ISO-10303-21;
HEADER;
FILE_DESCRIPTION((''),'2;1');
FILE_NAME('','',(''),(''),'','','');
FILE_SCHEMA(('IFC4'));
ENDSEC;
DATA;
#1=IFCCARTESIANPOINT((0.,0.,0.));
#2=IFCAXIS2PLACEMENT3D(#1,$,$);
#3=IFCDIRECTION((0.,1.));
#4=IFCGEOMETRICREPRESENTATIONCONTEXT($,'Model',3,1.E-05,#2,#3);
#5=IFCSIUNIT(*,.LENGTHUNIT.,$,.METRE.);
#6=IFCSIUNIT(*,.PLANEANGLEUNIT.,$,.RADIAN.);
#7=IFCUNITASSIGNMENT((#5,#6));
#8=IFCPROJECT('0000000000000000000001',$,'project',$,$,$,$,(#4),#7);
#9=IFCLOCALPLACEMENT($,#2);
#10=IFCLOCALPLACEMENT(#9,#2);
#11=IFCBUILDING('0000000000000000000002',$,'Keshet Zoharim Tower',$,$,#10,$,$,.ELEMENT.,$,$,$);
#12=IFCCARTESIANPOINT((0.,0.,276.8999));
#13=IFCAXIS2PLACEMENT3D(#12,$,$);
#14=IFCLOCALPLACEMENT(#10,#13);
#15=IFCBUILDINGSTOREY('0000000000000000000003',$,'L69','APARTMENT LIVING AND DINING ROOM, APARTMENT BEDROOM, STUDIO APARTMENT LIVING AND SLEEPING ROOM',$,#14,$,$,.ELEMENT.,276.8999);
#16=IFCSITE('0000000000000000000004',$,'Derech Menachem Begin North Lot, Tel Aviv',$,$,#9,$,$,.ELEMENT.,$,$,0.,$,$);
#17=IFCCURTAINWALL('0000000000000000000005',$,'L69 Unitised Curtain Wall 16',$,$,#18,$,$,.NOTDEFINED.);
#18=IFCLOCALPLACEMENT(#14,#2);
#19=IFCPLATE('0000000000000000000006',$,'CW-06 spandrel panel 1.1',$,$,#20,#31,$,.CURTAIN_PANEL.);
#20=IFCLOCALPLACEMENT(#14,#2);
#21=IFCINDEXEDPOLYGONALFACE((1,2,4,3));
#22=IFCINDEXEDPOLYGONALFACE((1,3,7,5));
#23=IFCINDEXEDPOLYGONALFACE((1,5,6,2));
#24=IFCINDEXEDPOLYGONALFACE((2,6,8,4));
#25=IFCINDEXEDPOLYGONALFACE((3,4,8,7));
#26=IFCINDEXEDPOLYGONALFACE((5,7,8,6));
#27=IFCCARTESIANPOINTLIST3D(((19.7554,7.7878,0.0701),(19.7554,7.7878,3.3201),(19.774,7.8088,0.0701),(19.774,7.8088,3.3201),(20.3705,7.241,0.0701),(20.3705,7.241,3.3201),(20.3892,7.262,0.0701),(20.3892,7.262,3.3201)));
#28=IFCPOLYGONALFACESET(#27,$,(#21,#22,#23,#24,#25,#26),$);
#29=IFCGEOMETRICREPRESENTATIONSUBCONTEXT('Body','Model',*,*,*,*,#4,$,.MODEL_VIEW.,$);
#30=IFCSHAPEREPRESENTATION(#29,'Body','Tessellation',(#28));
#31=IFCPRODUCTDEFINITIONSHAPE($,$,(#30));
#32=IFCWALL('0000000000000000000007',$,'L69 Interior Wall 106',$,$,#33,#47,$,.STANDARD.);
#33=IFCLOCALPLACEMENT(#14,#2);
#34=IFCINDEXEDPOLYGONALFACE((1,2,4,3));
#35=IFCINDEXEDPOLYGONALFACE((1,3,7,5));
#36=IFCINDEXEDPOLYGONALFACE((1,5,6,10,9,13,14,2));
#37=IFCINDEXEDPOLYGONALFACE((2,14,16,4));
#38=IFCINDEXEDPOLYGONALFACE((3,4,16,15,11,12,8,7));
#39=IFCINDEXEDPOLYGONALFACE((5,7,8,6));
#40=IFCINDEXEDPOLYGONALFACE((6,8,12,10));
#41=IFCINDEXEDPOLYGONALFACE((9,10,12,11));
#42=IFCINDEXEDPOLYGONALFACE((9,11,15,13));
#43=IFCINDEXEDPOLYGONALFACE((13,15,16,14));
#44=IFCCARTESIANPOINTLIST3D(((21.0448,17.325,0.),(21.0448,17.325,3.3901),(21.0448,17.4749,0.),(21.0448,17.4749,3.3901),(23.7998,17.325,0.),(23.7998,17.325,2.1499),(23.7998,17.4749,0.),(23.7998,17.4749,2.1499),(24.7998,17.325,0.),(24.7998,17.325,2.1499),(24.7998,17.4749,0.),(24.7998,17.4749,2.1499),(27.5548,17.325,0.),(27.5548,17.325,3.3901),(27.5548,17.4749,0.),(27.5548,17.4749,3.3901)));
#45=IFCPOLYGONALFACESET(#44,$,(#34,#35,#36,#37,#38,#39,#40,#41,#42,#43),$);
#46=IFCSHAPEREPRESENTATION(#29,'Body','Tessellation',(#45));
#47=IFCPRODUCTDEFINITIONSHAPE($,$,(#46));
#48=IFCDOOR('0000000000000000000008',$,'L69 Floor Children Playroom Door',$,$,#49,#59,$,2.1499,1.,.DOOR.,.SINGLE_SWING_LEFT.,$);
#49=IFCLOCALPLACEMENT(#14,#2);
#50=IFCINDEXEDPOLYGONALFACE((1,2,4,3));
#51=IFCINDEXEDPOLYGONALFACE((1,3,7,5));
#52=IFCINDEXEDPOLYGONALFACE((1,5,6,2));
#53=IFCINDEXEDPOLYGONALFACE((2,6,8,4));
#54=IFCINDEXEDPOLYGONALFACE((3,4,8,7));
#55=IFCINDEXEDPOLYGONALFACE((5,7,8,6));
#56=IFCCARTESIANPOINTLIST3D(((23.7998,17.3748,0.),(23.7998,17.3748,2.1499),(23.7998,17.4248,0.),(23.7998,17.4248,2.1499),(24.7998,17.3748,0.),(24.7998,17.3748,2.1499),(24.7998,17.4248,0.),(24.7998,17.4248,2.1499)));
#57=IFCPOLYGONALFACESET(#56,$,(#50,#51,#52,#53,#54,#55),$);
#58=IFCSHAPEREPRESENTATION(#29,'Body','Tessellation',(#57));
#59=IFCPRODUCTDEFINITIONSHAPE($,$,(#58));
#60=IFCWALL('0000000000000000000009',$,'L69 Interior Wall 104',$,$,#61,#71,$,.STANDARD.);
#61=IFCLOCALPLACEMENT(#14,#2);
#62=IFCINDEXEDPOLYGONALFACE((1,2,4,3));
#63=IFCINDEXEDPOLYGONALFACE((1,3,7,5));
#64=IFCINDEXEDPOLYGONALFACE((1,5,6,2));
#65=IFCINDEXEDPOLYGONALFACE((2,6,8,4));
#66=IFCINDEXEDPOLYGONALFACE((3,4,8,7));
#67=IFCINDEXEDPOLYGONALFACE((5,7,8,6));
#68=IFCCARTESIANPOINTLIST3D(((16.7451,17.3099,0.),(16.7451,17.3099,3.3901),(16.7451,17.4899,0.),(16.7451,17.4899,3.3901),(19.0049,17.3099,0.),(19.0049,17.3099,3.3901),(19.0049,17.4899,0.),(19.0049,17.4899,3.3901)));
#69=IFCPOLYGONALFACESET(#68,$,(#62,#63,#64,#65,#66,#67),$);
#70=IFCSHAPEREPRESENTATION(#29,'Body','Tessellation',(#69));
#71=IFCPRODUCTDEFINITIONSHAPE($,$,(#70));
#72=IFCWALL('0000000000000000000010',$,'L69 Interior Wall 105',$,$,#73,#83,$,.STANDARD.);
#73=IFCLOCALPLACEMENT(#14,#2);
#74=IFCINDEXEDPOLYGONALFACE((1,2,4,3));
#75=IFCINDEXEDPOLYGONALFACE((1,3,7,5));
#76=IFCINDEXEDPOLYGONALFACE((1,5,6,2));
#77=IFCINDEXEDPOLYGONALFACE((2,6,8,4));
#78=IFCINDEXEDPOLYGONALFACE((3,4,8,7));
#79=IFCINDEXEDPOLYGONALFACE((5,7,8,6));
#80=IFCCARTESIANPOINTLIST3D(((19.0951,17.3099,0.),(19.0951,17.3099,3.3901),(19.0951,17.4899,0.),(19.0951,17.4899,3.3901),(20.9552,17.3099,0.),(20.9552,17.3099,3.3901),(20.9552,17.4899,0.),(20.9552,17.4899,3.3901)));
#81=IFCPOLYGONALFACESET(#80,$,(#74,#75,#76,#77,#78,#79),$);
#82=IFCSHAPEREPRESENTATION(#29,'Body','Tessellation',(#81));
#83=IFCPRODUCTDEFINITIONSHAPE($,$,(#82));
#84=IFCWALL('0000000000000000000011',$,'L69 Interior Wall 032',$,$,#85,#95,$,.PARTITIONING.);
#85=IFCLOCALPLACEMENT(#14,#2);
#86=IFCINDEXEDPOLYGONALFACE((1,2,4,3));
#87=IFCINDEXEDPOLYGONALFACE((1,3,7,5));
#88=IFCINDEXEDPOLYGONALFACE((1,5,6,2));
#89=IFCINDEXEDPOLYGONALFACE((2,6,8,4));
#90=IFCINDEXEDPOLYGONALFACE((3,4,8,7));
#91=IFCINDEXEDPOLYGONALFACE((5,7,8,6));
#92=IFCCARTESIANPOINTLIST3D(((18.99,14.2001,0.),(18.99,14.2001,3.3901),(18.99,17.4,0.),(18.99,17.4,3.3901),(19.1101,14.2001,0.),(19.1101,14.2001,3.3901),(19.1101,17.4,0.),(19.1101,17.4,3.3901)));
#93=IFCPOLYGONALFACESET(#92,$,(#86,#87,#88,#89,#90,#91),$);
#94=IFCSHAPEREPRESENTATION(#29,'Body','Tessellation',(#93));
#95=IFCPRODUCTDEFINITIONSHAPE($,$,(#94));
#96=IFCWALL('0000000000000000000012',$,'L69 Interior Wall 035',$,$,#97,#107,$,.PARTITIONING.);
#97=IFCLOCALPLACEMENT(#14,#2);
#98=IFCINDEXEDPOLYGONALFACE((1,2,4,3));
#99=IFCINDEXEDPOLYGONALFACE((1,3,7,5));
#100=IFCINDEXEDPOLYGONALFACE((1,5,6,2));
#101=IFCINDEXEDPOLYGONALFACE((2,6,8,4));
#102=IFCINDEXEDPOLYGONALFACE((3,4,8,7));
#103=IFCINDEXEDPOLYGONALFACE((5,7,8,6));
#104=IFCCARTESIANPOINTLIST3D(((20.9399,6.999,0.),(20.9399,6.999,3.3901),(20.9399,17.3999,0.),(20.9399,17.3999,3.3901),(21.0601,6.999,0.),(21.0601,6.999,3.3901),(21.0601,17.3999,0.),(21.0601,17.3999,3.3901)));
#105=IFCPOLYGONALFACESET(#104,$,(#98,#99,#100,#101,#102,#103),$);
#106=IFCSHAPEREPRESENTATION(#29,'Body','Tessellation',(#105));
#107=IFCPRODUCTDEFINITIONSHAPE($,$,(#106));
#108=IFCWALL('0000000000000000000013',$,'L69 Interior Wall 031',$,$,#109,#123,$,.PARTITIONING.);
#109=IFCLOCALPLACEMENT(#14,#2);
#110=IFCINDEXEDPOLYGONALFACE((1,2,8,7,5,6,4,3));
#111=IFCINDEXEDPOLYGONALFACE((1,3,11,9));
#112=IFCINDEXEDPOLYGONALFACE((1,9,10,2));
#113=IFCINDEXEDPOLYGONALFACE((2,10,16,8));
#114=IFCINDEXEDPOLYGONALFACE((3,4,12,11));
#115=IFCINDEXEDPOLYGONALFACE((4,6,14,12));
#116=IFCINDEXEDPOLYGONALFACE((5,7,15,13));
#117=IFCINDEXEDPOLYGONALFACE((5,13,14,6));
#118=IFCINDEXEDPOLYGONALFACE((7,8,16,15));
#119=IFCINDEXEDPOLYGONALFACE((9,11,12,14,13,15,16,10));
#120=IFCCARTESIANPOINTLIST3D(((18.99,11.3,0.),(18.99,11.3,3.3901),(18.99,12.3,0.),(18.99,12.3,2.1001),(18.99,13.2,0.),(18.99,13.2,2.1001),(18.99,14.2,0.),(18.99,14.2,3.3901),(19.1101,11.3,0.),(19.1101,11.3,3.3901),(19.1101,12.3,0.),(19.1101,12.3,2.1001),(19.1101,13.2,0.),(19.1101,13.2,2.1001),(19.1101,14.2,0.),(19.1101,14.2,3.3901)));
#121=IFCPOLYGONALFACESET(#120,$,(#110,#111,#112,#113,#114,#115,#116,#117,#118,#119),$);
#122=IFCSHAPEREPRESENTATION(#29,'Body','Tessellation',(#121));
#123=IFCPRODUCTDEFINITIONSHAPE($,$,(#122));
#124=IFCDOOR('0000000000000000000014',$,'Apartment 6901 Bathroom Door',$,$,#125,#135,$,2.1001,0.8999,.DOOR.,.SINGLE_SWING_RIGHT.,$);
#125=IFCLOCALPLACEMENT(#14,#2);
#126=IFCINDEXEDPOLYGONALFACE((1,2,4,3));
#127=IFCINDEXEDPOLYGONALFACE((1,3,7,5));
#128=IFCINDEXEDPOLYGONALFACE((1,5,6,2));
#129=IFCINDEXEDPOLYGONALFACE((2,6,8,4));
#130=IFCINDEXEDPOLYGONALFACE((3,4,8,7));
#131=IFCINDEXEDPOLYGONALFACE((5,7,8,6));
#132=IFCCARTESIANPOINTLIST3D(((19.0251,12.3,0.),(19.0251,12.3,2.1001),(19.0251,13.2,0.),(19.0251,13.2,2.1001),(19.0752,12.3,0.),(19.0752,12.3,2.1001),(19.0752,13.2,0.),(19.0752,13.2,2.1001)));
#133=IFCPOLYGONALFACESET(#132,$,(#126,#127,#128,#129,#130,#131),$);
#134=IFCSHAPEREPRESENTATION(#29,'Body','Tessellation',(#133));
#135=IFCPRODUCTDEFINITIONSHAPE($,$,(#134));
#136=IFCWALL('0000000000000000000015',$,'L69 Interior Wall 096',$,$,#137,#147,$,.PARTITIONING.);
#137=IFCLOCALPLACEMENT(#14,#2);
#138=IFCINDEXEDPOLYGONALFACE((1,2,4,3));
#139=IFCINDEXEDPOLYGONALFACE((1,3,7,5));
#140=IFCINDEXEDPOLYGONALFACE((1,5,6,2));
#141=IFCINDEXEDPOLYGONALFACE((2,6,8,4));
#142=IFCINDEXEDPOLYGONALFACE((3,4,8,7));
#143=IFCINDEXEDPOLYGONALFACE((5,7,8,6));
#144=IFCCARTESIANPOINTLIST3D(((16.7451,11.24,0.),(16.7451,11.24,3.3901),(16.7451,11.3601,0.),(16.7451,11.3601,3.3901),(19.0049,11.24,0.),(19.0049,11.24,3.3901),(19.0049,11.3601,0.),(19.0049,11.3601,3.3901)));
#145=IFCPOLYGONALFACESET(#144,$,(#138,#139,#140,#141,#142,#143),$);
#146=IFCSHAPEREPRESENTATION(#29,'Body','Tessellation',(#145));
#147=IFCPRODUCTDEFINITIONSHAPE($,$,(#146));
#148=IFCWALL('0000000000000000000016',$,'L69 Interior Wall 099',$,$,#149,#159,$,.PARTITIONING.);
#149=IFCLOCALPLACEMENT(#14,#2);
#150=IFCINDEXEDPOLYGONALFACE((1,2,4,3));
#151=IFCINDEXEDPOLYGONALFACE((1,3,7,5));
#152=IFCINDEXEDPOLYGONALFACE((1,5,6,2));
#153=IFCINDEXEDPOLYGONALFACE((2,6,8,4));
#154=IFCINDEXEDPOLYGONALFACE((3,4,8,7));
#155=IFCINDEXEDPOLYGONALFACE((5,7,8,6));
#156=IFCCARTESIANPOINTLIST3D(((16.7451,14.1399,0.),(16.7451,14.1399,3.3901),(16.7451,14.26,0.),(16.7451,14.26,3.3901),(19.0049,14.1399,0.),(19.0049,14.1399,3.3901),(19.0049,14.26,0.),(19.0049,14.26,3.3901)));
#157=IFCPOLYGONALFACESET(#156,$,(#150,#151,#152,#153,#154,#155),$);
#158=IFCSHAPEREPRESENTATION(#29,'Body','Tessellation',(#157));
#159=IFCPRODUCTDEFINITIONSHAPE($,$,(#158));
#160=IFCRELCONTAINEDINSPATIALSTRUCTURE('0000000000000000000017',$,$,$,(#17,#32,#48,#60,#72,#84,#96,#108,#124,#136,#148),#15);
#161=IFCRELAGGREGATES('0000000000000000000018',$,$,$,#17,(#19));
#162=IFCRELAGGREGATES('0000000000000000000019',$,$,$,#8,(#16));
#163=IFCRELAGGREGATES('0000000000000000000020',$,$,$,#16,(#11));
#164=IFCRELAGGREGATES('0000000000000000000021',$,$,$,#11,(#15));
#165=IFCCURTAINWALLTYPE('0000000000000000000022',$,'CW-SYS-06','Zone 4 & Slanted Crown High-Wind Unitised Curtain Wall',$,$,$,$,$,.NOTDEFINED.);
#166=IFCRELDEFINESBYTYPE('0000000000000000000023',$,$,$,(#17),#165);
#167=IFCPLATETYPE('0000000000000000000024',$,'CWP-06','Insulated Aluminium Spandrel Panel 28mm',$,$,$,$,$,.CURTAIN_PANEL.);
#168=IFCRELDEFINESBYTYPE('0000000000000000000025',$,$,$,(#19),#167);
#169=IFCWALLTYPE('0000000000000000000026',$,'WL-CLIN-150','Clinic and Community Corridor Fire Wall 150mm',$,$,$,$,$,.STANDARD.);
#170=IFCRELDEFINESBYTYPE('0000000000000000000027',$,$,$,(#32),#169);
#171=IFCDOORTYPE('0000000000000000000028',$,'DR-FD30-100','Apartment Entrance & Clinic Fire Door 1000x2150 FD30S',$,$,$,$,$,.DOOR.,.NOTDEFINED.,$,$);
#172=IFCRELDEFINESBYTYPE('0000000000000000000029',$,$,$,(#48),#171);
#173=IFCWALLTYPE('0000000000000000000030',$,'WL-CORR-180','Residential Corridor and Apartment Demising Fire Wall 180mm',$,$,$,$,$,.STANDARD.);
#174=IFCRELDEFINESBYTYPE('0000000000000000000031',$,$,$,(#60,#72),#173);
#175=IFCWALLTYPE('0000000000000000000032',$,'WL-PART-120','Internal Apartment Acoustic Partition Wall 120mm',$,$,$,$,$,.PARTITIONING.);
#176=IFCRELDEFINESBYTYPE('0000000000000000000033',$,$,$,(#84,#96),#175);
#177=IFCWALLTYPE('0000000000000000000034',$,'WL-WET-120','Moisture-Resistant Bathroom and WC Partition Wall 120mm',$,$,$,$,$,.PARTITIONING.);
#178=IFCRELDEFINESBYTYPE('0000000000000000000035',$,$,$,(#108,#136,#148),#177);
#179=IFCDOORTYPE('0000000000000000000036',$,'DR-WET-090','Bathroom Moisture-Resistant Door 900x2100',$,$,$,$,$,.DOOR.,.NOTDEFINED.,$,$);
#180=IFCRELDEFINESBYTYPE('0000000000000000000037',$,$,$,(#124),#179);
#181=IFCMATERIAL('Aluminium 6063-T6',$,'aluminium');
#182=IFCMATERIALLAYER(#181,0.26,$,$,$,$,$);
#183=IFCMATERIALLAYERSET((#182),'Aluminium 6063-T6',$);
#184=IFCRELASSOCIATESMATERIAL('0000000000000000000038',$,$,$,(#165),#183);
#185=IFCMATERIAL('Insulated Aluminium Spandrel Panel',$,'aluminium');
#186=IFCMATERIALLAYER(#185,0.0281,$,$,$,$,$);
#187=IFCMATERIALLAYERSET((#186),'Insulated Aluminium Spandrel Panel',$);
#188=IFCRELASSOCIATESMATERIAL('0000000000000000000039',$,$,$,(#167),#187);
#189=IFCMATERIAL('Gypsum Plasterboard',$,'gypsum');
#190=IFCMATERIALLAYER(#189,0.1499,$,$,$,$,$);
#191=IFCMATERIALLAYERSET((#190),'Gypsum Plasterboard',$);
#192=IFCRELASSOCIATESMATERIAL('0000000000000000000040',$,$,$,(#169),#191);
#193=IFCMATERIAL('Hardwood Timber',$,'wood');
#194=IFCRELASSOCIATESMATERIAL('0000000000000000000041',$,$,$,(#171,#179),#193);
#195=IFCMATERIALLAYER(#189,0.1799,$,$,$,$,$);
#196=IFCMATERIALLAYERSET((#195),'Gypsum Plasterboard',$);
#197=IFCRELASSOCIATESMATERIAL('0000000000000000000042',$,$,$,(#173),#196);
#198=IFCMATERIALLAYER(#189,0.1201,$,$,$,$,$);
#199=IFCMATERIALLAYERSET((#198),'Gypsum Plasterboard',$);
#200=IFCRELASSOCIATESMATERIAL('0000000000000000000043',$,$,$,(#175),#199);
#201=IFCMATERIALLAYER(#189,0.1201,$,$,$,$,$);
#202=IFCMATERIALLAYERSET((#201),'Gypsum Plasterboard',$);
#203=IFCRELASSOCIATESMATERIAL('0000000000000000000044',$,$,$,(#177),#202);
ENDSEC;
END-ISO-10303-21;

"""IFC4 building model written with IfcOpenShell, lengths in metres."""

from ifc_helpers import new_model, si_unit, direction, frame, frame_2d, origin, origin_2d, place, context, subcontext, project, spatial, rectangle, extrude, material, layer, layer_set, type_object, element, fill, aggregate, save


model = new_model("IFC4")

# Units and contexts
model_context = context("Model", 3, precision=1e-05, world=origin(), true_north=direction((0.0, 1.0)))
body_context = subcontext(model_context, "Body", "Model", "MODEL_VIEW")
ifc_project = project(units=[si_unit("LENGTHUNIT", "METRE"), si_unit("PLANEANGLEUNIT", "RADIAN")], contexts=[model_context])

# Site, building, storey
site_placement = place(None, origin())
site = spatial("IfcSite", under=ifc_project, at=site_placement, Name="Derech Menachem Begin North Lot, Tel Aviv", CompositionType="ELEMENT", RefElevation=0.0)
building_placement = place(site_placement, origin())
building = spatial("IfcBuilding", under=site, at=building_placement, Name="Keshet Zoharim Tower", CompositionType="ELEMENT")
storey_placement = place(building_placement, frame((0.0, 0.0, 276.8999)))
storey = spatial("IfcBuildingStorey", under=building, at=storey_placement, Name="L69", Description="APARTMENT LIVING AND DINING ROOM, APARTMENT BEDROOM, STUDIO APARTMENT LIVING AND SLEEPING ROOM", CompositionType="ELEMENT", Elevation=276.8999)

# Shared definitions
ifc_material_1 = material(Name="Aluminium 6063-T6", Category="aluminium")
ifc_layer_1 = layer(ifc_material_1, 0.26)
ifc_layer_set_1 = layer_set([ifc_layer_1], Name="Aluminium 6063-T6")
curtain_wall_type = type_object("IfcCurtainWallType", Name="CW-SYS-06", Description="Zone 4 & Slanted Crown High-Wind Unitised Curtain Wall", PredefinedType="NOTDEFINED", material=ifc_layer_set_1)

# Curtain wall
curtain_wall_1_placement = place(storey_placement, origin())
curtain_wall_1 = element("IfcCurtainWall", 1, at=curtain_wall_1_placement, inside=storey, type_object=curtain_wall_type, Name="L69 Unitised Curtain Wall 16", PredefinedType="NOTDEFINED")

# Plate
ifc_material_2 = material(Name="Insulated Aluminium Spandrel Panel", Category="aluminium")
ifc_layer_2 = layer(ifc_material_2, 0.0281)
ifc_layer_set_2 = layer_set([ifc_layer_2], Name="Insulated Aluminium Spandrel Panel")
plate_type_1 = type_object("IfcPlateType", Name="CWP-06", Description="Insulated Aluminium Spandrel Panel 28mm", PredefinedType="CURTAIN_PANEL", material=ifc_layer_set_2)
plate_1_placement = place(storey_placement, frame((20.0723, 7.5249, 0.0701), z_axis=(0.0, 0.0, 1.0), x_axis=(-0.747427, 0.664345, 0.0)))
plate_1 = element("IfcPlate", 2, at=plate_1_placement, type_object=plate_type_1, Name="CW-06 spandrel panel 1.1", PredefinedType="CURTAIN_PANEL", context=body_context, shape_type="SweptSolid", body=[
    extrude(rectangle(XDim=0.823, YDim=0.0281, at=origin_2d()), origin(), (0.0, 0.0, 1.0), 3.25),
])
aggregate(curtain_wall_1, [plate_1])

# Wall, opening, door
ifc_material_3 = material(Name="Gypsum Plasterboard", Category="gypsum")
ifc_layer_3 = layer(ifc_material_3, 0.1499)
ifc_layer_set_3 = layer_set([ifc_layer_3], Name="Gypsum Plasterboard")
wall_type_1 = type_object("IfcWallType", Name="WL-CLIN-150", Description="Clinic and Community Corridor Fire Wall 150mm", PredefinedType="STANDARD", material=ifc_layer_set_3)
wall_1_placement = place(storey_placement, frame((21.0449, 17.3999, 0.0), z_axis=(0.0, 0.0, 1.0), x_axis=(1.0, 0.0, 0.0)))
wall_1 = element("IfcWall", 3, at=wall_1_placement, inside=storey, type_object=wall_type_1, Name="L69 Interior Wall 106", PredefinedType="STANDARD", context=body_context, shape_type="SweptSolid", body=[
    extrude(rectangle(XDim=6.51, YDim=0.1499, at=frame_2d((3.2549, 0.0))), origin(), (0.0, 0.0, 1.0), 3.3901),
])
opening_1_placement = place(wall_1_placement, frame((2.7549, 0.0, 0.0)))
opening_1 = element("IfcOpeningElement", 4, at=opening_1_placement, cuts=wall_1, PredefinedType="OPENING", context=body_context, shape_type="SweptSolid", body=[
    extrude(rectangle(XDim=1.0, YDim=2.1499, at=frame_2d((0.5, 1.075))), frame((0.0, 0.085, 0.0), z_axis=(0.0, -1.0, 0.0), x_axis=(1.0, 0.0, 0.0)), (0.0, 0.0, 1.0), 0.1699),
])
ifc_material_4 = material(Name="Hardwood Timber", Category="wood")
door_type_1 = type_object("IfcDoorType", Name="DR-FD30-100", Description="Apartment Entrance & Clinic Fire Door 1000x2150 FD30S", OperationType="NOTDEFINED", PredefinedType="DOOR", material=ifc_material_4)
door_1_placement = place(opening_1_placement, origin())
door_1 = element("IfcDoor", 5, at=door_1_placement, inside=storey, type_object=door_type_1, Name="L69 Floor Children Playroom Door", OperationType="SINGLE_SWING_LEFT", OverallHeight=2.1499, OverallWidth=1.0, PredefinedType="DOOR", context=body_context, shape_type="SweptSolid", body=[
    extrude(rectangle(XDim=1.0, YDim=2.1499, at=frame_2d((0.5, 1.075))), frame((0.0, 0.0249, 0.0), z_axis=(0.0, -1.0, 0.0), x_axis=(1.0, 0.0, 0.0)), (0.0, 0.0, 1.0), 0.05),
])
fill(opening_1, door_1)

# Walls
ifc_layer_4 = layer(ifc_material_3, 0.1799)
ifc_layer_set_4 = layer_set([ifc_layer_4], Name="Gypsum Plasterboard")
wall_type_2 = type_object("IfcWallType", Name="WL-CORR-180", Description="Residential Corridor and Apartment Demising Fire Wall 180mm", PredefinedType="STANDARD", material=ifc_layer_set_4)
wall_2_placement = place(storey_placement, frame((16.7451, 17.3999, 0.0), z_axis=(0.0, 0.0, 1.0), x_axis=(1.0, 0.0, 0.0)))
element("IfcWall", 6, at=wall_2_placement, inside=storey, type_object=wall_type_2, Name="L69 Interior Wall 104", PredefinedType="STANDARD", context=body_context, shape_type="SweptSolid", body=[
    extrude(rectangle(XDim=2.2598, YDim=0.1799, at=frame_2d((1.1299, 0.0))), origin(), (0.0, 0.0, 1.0), 3.3901),
])
wall_3_placement = place(storey_placement, frame((19.095, 17.3999, 0.0), z_axis=(0.0, 0.0, 1.0), x_axis=(1.0, 0.0, 0.0)))
element("IfcWall", 7, at=wall_3_placement, inside=storey, type_object=wall_type_2, Name="L69 Interior Wall 105", PredefinedType="STANDARD", context=body_context, shape_type="SweptSolid", body=[
    extrude(rectangle(XDim=1.8601, YDim=0.1799, at=frame_2d((0.9302, 0.0))), origin(), (0.0, 0.0, 1.0), 3.3901),
])

# Shared definitions
ifc_layer_5 = layer(ifc_material_3, 0.1201)
ifc_layer_set_5 = layer_set([ifc_layer_5], Name="Gypsum Plasterboard")
wall_type_3 = type_object("IfcWallType", Name="WL-PART-120", Description="Internal Apartment Acoustic Partition Wall 120mm", PredefinedType="PARTITIONING", material=ifc_layer_set_5)

# Walls
wall_4_placement = place(storey_placement, frame((19.05, 14.2, 0.0), z_axis=(0.0, 0.0, 1.0), x_axis=(0.0, 1.0, 0.0)))
element("IfcWall", 8, at=wall_4_placement, inside=storey, type_object=wall_type_3, Name="L69 Interior Wall 032", PredefinedType="PARTITIONING", context=body_context, shape_type="SweptSolid", body=[
    extrude(rectangle(XDim=3.2, YDim=0.1201, at=frame_2d((1.6001, 0.0))), origin(), (0.0, 0.0, 1.0), 3.3901),
])
wall_5_placement = place(storey_placement, frame((21.0, 6.999, 0.0), z_axis=(0.0, 0.0, 1.0), x_axis=(0.0, 1.0, 0.0)))
element("IfcWall", 9, at=wall_5_placement, inside=storey, type_object=wall_type_3, Name="L69 Interior Wall 035", PredefinedType="PARTITIONING", context=body_context, shape_type="SweptSolid", body=[
    extrude(rectangle(XDim=10.4009, YDim=0.1201, at=frame_2d((5.2004, 0.0))), origin(), (0.0, 0.0, 1.0), 3.3901),
])

# Wall, opening, door
ifc_layer_6 = layer(ifc_material_3, 0.1201)
ifc_layer_set_6 = layer_set([ifc_layer_6], Name="Gypsum Plasterboard")
wall_type_4 = type_object("IfcWallType", Name="WL-WET-120", Description="Moisture-Resistant Bathroom and WC Partition Wall 120mm", PredefinedType="PARTITIONING", material=ifc_layer_set_6)
wall_6_placement = place(storey_placement, frame((19.05, 11.3, 0.0), z_axis=(0.0, 0.0, 1.0), x_axis=(0.0, 1.0, 0.0)))
wall_6 = element("IfcWall", 10, at=wall_6_placement, inside=storey, type_object=wall_type_4, Name="L69 Interior Wall 031", PredefinedType="PARTITIONING", context=body_context, shape_type="SweptSolid", body=[
    extrude(rectangle(XDim=2.8999, YDim=0.1201, at=frame_2d((1.45, 0.0))), origin(), (0.0, 0.0, 1.0), 3.3901),
])
opening_2_placement = place(wall_6_placement, frame((1.0, 0.0, 0.0)))
opening_2 = element("IfcOpeningElement", 11, at=opening_2_placement, cuts=wall_6, PredefinedType="OPENING", context=body_context, shape_type="SweptSolid", body=[
    extrude(rectangle(XDim=0.8999, YDim=2.1001, at=frame_2d((0.45, 1.05))), frame((0.0, 0.0701, 0.0), z_axis=(0.0, -1.0, 0.0), x_axis=(1.0, 0.0, 0.0)), (0.0, 0.0, 1.0), 0.1401),
])
door_type_2 = type_object("IfcDoorType", Name="DR-WET-090", Description="Bathroom Moisture-Resistant Door 900x2100", OperationType="NOTDEFINED", PredefinedType="DOOR", material=ifc_material_4)
door_2_placement = place(opening_2_placement, origin())
door_2 = element("IfcDoor", 12, at=door_2_placement, inside=storey, type_object=door_type_2, Name="Apartment 6901 Bathroom Door", OperationType="SINGLE_SWING_RIGHT", OverallHeight=2.1001, OverallWidth=0.8999, PredefinedType="DOOR", context=body_context, shape_type="SweptSolid", body=[
    extrude(rectangle(XDim=0.8999, YDim=2.1001, at=frame_2d((0.45, 1.05))), frame((0.0, 0.0249, 0.0), z_axis=(0.0, -1.0, 0.0), x_axis=(1.0, 0.0, 0.0)), (0.0, 0.0, 1.0), 0.05),
])
fill(opening_2, door_2)

# Walls
for number, where, z_axis, x_axis, name in (
    (13, (16.7451, 11.3, 0.0), (0.0, 0.0, 1.0), (1.0, 0.0, 0.0), "L69 Interior Wall 096"),
    (14, (16.7451, 14.2, 0.0), (0.0, 0.0, 1.0), (1.0, 0.0, 0.0), "L69 Interior Wall 099"),
):
    element("IfcWall", number, at=place(storey_placement, frame(where, z_axis=z_axis, x_axis=x_axis)), inside=storey, type_object=wall_type_4, Name=name, PredefinedType="PARTITIONING", context=body_context, shape_type="SweptSolid", body=[
        extrude(rectangle(XDim=2.2598, YDim=0.1201, at=frame_2d((1.1299, 0.0))), origin(), (0.0, 0.0, 1.0), 3.3901),
    ])

save(model, "model.ifc")
